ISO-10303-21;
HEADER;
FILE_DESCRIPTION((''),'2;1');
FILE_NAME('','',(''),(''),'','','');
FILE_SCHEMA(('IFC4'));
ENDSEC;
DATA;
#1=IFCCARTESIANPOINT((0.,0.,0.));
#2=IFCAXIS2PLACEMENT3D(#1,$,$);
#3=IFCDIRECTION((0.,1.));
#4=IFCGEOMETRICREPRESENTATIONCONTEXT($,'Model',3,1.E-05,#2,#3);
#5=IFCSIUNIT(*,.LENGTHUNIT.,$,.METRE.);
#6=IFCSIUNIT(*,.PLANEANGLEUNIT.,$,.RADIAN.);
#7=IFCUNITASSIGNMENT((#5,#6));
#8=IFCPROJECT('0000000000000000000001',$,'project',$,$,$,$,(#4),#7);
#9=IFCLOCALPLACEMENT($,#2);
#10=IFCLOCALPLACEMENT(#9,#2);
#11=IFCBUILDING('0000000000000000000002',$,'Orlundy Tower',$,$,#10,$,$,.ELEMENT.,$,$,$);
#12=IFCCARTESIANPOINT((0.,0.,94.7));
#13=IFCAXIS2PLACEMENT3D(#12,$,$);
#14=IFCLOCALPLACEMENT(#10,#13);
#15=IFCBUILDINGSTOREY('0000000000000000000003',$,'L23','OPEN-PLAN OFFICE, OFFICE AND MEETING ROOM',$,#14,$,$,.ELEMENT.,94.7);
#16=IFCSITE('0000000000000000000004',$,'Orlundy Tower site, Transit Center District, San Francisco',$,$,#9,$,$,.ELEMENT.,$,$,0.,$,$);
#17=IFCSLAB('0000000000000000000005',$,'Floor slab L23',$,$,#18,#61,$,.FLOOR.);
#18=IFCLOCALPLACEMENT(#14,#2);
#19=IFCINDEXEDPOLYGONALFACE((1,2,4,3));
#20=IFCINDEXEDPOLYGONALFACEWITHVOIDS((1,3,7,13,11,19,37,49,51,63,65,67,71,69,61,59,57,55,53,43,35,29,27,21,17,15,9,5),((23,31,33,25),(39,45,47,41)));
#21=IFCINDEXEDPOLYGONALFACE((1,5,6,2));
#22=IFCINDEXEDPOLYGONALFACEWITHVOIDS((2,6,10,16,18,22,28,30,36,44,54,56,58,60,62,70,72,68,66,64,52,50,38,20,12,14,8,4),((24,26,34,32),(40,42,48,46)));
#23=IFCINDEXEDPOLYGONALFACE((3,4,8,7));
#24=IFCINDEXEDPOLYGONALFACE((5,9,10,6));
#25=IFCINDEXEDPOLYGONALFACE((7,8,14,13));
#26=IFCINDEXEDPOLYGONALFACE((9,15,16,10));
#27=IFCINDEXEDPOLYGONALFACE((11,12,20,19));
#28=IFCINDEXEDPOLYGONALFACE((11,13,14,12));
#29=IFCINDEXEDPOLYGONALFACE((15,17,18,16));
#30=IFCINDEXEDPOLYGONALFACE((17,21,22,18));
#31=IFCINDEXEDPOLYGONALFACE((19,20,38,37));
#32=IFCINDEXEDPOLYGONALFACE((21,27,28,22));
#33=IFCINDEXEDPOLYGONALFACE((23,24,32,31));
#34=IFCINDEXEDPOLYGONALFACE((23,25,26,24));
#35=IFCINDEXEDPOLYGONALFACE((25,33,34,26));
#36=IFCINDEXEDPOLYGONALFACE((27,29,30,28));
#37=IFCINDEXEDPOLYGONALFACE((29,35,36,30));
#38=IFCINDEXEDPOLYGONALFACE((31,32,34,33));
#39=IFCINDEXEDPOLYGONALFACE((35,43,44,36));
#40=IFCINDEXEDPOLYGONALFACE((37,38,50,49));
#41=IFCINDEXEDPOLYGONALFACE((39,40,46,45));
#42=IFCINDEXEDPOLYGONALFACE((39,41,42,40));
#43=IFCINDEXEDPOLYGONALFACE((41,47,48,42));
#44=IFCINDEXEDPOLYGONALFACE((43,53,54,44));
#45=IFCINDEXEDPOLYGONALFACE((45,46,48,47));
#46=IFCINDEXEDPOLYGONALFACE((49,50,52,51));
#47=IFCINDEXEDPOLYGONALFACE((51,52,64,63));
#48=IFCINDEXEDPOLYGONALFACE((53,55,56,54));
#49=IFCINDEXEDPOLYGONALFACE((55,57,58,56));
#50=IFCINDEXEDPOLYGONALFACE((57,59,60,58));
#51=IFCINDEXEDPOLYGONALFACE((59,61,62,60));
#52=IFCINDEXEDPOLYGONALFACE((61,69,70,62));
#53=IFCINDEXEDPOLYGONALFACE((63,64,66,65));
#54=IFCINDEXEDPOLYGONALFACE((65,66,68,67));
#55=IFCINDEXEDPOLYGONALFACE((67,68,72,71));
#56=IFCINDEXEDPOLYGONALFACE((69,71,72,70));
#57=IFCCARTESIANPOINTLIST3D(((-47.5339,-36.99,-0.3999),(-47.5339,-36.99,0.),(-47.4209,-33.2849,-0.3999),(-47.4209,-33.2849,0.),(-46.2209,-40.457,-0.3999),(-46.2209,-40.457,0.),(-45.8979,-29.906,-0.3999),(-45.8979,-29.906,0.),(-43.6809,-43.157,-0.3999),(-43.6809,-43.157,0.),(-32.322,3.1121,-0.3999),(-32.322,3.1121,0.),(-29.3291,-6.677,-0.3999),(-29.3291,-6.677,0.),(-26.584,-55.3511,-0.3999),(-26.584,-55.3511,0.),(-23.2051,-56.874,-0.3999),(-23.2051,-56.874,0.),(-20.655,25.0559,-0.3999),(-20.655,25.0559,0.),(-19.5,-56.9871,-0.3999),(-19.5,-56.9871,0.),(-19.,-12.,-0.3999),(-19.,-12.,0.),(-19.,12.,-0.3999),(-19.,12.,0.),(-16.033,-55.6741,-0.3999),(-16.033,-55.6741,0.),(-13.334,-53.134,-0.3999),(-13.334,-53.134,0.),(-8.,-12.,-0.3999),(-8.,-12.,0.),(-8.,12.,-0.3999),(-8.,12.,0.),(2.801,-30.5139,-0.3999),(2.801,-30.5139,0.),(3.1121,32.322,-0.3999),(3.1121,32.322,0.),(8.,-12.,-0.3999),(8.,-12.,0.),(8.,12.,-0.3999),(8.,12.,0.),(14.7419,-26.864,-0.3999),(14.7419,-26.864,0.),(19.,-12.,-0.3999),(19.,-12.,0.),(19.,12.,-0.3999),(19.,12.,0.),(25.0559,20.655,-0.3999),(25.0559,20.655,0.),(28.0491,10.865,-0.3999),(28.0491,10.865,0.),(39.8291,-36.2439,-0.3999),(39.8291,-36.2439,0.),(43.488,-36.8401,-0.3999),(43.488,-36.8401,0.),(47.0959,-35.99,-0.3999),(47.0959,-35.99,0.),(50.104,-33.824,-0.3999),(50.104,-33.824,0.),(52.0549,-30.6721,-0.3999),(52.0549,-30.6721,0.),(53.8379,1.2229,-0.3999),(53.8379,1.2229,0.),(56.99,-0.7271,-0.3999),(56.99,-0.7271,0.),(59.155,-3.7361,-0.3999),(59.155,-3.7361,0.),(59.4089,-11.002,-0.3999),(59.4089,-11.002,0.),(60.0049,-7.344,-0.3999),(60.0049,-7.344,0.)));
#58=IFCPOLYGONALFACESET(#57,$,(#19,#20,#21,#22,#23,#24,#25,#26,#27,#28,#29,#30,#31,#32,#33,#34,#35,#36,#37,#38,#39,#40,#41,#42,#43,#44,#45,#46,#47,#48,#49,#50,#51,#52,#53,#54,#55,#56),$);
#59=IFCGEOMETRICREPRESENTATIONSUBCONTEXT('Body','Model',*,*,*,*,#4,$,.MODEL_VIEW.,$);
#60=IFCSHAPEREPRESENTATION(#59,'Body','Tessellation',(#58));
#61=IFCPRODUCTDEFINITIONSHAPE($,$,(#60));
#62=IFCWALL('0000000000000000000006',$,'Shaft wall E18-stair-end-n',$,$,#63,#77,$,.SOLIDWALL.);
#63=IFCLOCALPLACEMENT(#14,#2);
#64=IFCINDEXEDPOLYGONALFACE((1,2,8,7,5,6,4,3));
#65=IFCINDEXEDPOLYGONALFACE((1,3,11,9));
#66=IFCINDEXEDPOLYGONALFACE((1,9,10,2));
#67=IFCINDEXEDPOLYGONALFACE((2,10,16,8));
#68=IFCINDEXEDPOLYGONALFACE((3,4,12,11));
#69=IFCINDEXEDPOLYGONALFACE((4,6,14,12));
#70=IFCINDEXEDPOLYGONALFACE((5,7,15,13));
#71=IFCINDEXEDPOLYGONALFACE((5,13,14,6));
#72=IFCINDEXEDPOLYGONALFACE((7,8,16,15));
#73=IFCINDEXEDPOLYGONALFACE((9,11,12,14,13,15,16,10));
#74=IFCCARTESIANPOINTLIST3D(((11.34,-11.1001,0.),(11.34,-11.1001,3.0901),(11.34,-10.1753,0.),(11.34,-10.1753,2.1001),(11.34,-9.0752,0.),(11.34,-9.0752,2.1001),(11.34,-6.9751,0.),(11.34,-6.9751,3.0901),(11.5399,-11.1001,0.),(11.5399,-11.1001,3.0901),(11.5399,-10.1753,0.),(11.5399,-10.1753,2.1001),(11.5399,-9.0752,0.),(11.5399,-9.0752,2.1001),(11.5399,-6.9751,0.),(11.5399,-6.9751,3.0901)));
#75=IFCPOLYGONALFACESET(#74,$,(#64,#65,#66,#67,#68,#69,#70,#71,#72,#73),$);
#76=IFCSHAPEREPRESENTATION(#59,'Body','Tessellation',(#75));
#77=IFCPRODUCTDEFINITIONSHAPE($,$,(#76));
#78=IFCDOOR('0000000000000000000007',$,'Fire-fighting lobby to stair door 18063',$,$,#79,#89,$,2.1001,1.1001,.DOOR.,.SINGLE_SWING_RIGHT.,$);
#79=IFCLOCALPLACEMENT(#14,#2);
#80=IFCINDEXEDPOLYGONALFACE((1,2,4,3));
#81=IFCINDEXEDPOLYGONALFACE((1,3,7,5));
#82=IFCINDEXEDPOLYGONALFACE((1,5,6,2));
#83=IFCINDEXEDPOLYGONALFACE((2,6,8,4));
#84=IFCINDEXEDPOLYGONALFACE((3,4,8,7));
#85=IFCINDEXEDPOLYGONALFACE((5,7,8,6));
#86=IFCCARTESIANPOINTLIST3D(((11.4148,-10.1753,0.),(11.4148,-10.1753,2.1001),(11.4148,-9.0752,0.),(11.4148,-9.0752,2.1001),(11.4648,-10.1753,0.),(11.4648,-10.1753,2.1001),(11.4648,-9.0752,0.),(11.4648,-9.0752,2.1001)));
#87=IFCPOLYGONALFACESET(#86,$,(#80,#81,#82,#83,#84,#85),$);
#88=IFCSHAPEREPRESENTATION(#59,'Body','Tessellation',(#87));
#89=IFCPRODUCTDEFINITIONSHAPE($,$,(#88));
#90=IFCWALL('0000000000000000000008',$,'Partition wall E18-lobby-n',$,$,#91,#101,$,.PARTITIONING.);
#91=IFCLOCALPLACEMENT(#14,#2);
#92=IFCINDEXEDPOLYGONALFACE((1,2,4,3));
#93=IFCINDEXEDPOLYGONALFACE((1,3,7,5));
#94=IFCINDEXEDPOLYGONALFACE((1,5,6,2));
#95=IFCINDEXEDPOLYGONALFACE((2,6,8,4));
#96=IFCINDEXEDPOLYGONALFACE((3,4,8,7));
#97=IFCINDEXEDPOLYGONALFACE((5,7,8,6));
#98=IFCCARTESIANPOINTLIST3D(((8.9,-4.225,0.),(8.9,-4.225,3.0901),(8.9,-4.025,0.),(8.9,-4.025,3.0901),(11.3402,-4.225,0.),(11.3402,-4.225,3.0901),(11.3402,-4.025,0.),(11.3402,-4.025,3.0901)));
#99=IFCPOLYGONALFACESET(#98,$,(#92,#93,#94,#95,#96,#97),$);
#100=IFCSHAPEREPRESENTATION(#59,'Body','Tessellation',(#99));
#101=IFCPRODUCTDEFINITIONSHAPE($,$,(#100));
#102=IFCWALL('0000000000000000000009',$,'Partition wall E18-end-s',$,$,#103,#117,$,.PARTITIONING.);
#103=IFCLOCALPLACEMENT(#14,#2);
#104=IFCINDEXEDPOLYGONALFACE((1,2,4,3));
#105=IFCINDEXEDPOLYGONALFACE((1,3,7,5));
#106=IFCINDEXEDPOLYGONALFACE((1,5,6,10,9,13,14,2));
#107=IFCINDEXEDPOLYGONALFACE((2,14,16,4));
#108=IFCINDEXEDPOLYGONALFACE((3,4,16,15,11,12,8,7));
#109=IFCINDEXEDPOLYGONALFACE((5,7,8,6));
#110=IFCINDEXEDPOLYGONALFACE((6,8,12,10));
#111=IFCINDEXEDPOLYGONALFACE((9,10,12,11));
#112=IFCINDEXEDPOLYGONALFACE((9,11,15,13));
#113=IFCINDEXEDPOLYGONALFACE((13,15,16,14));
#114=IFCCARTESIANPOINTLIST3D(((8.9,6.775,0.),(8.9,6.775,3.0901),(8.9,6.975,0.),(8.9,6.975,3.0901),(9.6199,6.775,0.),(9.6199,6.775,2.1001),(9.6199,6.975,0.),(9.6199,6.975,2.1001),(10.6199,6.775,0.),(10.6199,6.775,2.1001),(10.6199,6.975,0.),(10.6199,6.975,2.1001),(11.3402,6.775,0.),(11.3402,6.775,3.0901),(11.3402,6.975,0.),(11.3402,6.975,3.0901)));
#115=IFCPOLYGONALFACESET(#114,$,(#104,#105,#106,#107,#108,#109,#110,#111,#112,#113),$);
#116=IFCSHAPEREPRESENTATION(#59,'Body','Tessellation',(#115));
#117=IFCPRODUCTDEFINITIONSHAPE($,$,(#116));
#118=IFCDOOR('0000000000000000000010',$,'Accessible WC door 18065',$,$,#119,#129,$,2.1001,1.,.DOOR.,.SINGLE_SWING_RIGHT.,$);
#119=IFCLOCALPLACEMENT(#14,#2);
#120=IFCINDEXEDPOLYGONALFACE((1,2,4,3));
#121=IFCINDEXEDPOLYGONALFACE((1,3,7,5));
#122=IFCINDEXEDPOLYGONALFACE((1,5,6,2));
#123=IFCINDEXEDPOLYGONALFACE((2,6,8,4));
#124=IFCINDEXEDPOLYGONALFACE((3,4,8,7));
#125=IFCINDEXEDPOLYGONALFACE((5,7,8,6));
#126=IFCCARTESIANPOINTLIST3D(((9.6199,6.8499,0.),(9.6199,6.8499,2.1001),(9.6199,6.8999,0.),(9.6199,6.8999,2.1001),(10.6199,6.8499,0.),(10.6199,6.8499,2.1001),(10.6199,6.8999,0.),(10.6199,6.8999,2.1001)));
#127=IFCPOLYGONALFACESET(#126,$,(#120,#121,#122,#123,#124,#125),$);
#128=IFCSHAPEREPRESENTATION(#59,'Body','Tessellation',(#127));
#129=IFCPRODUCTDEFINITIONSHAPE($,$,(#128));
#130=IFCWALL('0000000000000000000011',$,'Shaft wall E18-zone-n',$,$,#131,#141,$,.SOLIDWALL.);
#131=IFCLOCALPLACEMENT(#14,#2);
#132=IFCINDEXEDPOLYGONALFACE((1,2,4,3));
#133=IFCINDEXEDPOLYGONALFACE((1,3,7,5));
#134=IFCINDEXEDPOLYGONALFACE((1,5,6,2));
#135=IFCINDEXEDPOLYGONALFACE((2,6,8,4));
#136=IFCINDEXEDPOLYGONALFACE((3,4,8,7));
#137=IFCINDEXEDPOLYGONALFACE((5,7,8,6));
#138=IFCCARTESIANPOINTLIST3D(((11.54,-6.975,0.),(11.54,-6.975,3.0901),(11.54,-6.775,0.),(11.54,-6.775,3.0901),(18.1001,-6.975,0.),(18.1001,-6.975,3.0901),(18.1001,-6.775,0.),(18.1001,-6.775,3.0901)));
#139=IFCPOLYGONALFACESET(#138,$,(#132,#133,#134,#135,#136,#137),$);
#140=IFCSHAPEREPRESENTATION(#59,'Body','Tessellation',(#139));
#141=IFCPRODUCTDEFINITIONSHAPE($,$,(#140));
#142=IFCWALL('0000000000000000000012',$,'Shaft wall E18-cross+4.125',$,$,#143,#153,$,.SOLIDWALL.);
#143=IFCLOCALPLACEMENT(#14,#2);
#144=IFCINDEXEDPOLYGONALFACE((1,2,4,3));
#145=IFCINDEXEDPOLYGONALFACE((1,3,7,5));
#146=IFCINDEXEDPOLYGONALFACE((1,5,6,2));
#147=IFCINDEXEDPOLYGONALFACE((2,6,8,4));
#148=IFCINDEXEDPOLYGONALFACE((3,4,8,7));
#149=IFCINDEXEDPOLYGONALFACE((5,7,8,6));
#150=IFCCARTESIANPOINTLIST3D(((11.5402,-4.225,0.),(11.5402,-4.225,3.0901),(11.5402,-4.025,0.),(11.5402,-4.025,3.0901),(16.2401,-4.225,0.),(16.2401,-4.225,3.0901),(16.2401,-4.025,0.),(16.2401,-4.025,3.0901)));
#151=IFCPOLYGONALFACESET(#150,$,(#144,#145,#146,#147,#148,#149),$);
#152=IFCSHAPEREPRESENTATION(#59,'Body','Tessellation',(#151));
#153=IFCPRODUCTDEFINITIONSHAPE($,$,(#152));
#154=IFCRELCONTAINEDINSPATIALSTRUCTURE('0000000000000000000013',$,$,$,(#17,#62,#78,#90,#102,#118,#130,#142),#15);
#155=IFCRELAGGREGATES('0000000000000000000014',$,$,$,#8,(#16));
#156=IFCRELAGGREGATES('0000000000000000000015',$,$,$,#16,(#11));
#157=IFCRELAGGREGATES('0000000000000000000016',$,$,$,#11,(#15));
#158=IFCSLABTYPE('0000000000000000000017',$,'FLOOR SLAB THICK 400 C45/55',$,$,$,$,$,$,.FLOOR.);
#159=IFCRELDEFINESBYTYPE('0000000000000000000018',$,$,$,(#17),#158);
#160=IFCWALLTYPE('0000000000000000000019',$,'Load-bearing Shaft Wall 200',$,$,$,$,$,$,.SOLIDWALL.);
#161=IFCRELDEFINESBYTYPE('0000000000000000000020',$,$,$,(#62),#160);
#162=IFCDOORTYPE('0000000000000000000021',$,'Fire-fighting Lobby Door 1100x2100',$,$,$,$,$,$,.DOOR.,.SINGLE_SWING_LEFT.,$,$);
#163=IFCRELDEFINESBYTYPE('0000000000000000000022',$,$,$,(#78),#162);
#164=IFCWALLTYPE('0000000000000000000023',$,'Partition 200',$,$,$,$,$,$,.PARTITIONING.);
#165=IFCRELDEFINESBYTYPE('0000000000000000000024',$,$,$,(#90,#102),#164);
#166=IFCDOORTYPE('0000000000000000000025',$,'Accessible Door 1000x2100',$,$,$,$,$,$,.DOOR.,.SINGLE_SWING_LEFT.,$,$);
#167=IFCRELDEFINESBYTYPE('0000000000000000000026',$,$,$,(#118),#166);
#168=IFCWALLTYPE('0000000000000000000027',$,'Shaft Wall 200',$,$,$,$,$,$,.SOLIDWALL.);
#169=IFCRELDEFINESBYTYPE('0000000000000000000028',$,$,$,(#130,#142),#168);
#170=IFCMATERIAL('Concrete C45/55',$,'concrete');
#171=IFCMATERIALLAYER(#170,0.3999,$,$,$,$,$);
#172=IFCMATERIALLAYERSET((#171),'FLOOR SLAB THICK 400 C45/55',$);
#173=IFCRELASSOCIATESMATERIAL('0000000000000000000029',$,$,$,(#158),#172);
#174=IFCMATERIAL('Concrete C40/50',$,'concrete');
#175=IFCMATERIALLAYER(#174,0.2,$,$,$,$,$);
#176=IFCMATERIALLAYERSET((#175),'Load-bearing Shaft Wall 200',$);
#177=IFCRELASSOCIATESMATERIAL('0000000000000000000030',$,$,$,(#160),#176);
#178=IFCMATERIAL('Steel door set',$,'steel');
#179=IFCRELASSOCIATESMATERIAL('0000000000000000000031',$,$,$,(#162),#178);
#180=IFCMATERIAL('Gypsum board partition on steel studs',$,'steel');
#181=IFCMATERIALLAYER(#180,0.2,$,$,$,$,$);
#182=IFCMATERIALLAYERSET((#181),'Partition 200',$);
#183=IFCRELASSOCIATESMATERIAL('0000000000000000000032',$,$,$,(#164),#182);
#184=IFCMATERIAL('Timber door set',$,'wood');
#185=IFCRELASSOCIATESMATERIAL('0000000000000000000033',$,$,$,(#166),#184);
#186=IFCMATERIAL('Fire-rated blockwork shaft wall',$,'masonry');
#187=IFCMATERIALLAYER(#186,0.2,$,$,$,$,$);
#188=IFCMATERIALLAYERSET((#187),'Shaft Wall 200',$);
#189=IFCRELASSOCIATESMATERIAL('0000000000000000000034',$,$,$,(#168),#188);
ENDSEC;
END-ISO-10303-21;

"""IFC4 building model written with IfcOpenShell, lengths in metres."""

from ifc_helpers import new_model, si_unit, direction, frame, frame_2d, origin, place, context, subcontext, project, spatial, polyline, rectangle, outline, extrude, material, layer, layer_set, type_object, element, fill, save


model = new_model("IFC4")

# Units and contexts
model_context = context("Model", 3, precision=1e-05, world=origin(), true_north=direction((0.0, 1.0)))
body_context = subcontext(model_context, "Body", "Model", "MODEL_VIEW")
ifc_project = project(units=[si_unit("LENGTHUNIT", "METRE"), si_unit("PLANEANGLEUNIT", "RADIAN")], contexts=[model_context])

# Site, building, storey
site_placement = place(None, origin())
site = spatial("IfcSite", under=ifc_project, at=site_placement, Name="Orlundy Tower site, Transit Center District, San Francisco", CompositionType="ELEMENT", RefElevation=0.0)
building_placement = place(site_placement, origin())
building = spatial("IfcBuilding", under=site, at=building_placement, Name="Orlundy Tower", CompositionType="ELEMENT")
storey_placement = place(building_placement, frame((0.0, 0.0, 94.7)))
storey = spatial("IfcBuildingStorey", under=building, at=storey_placement, Name="L23", Description="OPEN-PLAN OFFICE, OFFICE AND MEETING ROOM", CompositionType="ELEMENT", Elevation=94.7)

# Slab
ifc_material_1 = material(Name="Concrete C45/55", Category="concrete")
ifc_layer_1 = layer(ifc_material_1, 0.3999)
ifc_layer_set_1 = layer_set([ifc_layer_1], Name="FLOOR SLAB THICK 400 C45/55")
slab_type_1 = type_object("IfcSlabType", Name="FLOOR SLAB THICK 400 C45/55", PredefinedType="FLOOR", material=ifc_layer_set_1)
slab_1_placement = place(storey_placement, frame((0.0, 0.0, -0.3999)))
element("IfcSlab", 1, at=slab_1_placement, inside=storey, type_object=slab_type_1, Name="Floor slab L23", PredefinedType="FLOOR", context=body_context, shape_type="SweptSolid", body=[
    extrude(outline(polyline([(-29.3291, -6.677), (-32.322, 3.1121), (-20.655, 25.0559), (3.1121, 32.322), (25.0559, 20.655), (28.0491, 10.865), (53.8379, 1.2229), (56.99, -0.7271), (59.155, -3.7361), (60.0049, -7.344), (59.4089, -11.002), (52.0549, -30.6721), (50.104, -33.824), (47.0959, -35.99), (43.488, -36.8401), (39.8291, -36.2439), (14.7419, -26.864), (2.801, -30.5139), (-13.334, -53.134), (-16.033, -55.6741), (-19.5, -56.9871), (-23.2051, -56.874), (-26.584, -55.3511), (-43.6809, -43.157), (-46.2209, -40.457), (-47.5339, -36.99), (-47.4209, -33.2849), (-45.8979, -29.906), (-29.3291, -6.677)]), holes=[polyline([(-8.0, -12.0), (-8.0, 12.0), (-19.0, 12.0), (-19.0, -12.0), (-8.0, -12.0)]), polyline([(19.0, -12.0), (19.0, 12.0), (8.0, 12.0), (8.0, -12.0), (19.0, -12.0)])]), origin(), (0.0, 0.0, 1.0), 0.3999),
])

# Wall, opening, door
ifc_material_2 = material(Name="Concrete C40/50", Category="concrete")
ifc_layer_2 = layer(ifc_material_2, 0.2)
ifc_layer_set_2 = layer_set([ifc_layer_2], Name="Load-bearing Shaft Wall 200")
wall_type_1 = type_object("IfcWallType", Name="Load-bearing Shaft Wall 200", PredefinedType="SOLIDWALL", material=ifc_layer_set_2)
wall_1_placement = place(storey_placement, frame((11.4399, -6.9751, 0.0), z_axis=(0.0, 0.0, 1.0), x_axis=(0.0, -1.0, 0.0)))
wall_1 = element("IfcWall", 2, at=wall_1_placement, inside=storey, type_object=wall_type_1, Name="Shaft wall E18-stair-end-n", PredefinedType="SOLIDWALL", context=body_context, shape_type="SweptSolid", body=[
    extrude(rectangle(XDim=4.125, YDim=0.2, at=frame_2d((2.0625, 0.0))), origin(), (0.0, 0.0, 1.0), 3.0901),
])
opening_1_placement = place(wall_1_placement, frame((2.1001, 0.0, 0.0)))
opening_1 = element("IfcOpeningElement", 3, at=opening_1_placement, cuts=wall_1, PredefinedType="OPENING", context=body_context, shape_type="SweptSolid", body=[
    extrude(rectangle(XDim=1.1001, YDim=2.1001, at=frame_2d((0.55, 1.05))), frame((0.0, 0.1101, 0.0), z_axis=(0.0, -1.0, 0.0), x_axis=(1.0, 0.0, 0.0)), (0.0, 0.0, 1.0), 0.2202),
])
ifc_material_3 = material(Name="Steel door set", Category="steel")
door_type_1 = type_object("IfcDoorType", Name="Fire-fighting Lobby Door 1100x2100", OperationType="SINGLE_SWING_LEFT", PredefinedType="DOOR", material=ifc_material_3)
door_1_placement = place(opening_1_placement, origin())
door_1 = element("IfcDoor", 4, at=door_1_placement, inside=storey, type_object=door_type_1, Name="Fire-fighting lobby to stair door 18063", OperationType="SINGLE_SWING_RIGHT", OverallHeight=2.1001, OverallWidth=1.1001, PredefinedType="DOOR", context=body_context, shape_type="SweptSolid", body=[
    extrude(rectangle(XDim=1.1001, YDim=2.1001, at=frame_2d((0.55, 1.05))), frame((0.0, 0.0249, 0.0), z_axis=(0.0, -1.0, 0.0), x_axis=(1.0, 0.0, 0.0)), (0.0, 0.0, 1.0), 0.05),
])
fill(opening_1, door_1)

# Wall
ifc_material_4 = material(Name="Gypsum board partition on steel studs", Category="steel")
ifc_layer_3 = layer(ifc_material_4, 0.2)
ifc_layer_set_3 = layer_set([ifc_layer_3], Name="Partition 200")
wall_type_2 = type_object("IfcWallType", Name="Partition 200", PredefinedType="PARTITIONING", material=ifc_layer_set_3)
wall_2_placement = place(storey_placement, frame((8.8999, -4.125, 0.0), z_axis=(0.0, 0.0, 1.0), x_axis=(1.0, 0.0, 0.0)))
element("IfcWall", 5, at=wall_2_placement, inside=storey, type_object=wall_type_2, Name="Partition wall E18-lobby-n", PredefinedType="PARTITIONING", context=body_context, shape_type="SweptSolid", body=[
    extrude(rectangle(XDim=2.4402, YDim=0.2, at=frame_2d((1.2202, 0.0))), origin(), (0.0, 0.0, 1.0), 3.0901),
])

# Wall, opening, door
wall_3_placement = place(storey_placement, frame((8.8999, 6.875, 0.0), z_axis=(0.0, 0.0, 1.0), x_axis=(1.0, 0.0, 0.0)))
wall_3 = element("IfcWall", 6, at=wall_3_placement, inside=storey, type_object=wall_type_2, Name="Partition wall E18-end-s", PredefinedType="PARTITIONING", context=body_context, shape_type="SweptSolid", body=[
    extrude(rectangle(XDim=2.4402, YDim=0.2, at=frame_2d((1.2202, 0.0))), origin(), (0.0, 0.0, 1.0), 3.0901),
])
opening_2_placement = place(wall_3_placement, frame((0.72, 0.0, 0.0)))
opening_2 = element("IfcOpeningElement", 7, at=opening_2_placement, cuts=wall_3, PredefinedType="OPENING", context=body_context, shape_type="SweptSolid", body=[
    extrude(rectangle(XDim=1.0, YDim=2.1001, at=frame_2d((0.5, 1.05))), frame((0.0, 0.1101, 0.0), z_axis=(0.0, -1.0, 0.0), x_axis=(1.0, 0.0, 0.0)), (0.0, 0.0, 1.0), 0.2202),
])
ifc_material_5 = material(Name="Timber door set", Category="wood")
door_type_2 = type_object("IfcDoorType", Name="Accessible Door 1000x2100", OperationType="SINGLE_SWING_LEFT", PredefinedType="DOOR", material=ifc_material_5)
door_2_placement = place(opening_2_placement, origin())
door_2 = element("IfcDoor", 8, at=door_2_placement, inside=storey, type_object=door_type_2, Name="Accessible WC door 18065", OperationType="SINGLE_SWING_RIGHT", OverallHeight=2.1001, OverallWidth=1.0, PredefinedType="DOOR", context=body_context, shape_type="SweptSolid", body=[
    extrude(rectangle(XDim=1.0, YDim=2.1001, at=frame_2d((0.5, 1.05))), frame((0.0, 0.0249, 0.0), z_axis=(0.0, -1.0, 0.0), x_axis=(1.0, 0.0, 0.0)), (0.0, 0.0, 1.0), 0.05),
])
fill(opening_2, door_2)

# Walls
ifc_material_6 = material(Name="Fire-rated blockwork shaft wall", Category="masonry")
ifc_layer_4 = layer(ifc_material_6, 0.2)
ifc_layer_set_4 = layer_set([ifc_layer_4], Name="Shaft Wall 200")
wall_type_3 = type_object("IfcWallType", Name="Shaft Wall 200", PredefinedType="SOLIDWALL", material=ifc_layer_set_4)
wall_4_placement = place(storey_placement, frame((11.54, -6.875, 0.0), z_axis=(0.0, 0.0, 1.0), x_axis=(1.0, 0.0, 0.0)))
element("IfcWall", 9, at=wall_4_placement, inside=storey, type_object=wall_type_3, Name="Shaft wall E18-zone-n", PredefinedType="SOLIDWALL", context=body_context, shape_type="SweptSolid", body=[
    extrude(rectangle(XDim=6.5601, YDim=0.2, at=frame_2d((3.28, 0.0))), origin(), (0.0, 0.0, 1.0), 3.0901),
])
wall_5_placement = place(storey_placement, frame((11.54, -4.125, 0.0), z_axis=(0.0, 0.0, 1.0), x_axis=(1.0, 0.0, 0.0)))
element("IfcWall", 10, at=wall_5_placement, inside=storey, type_object=wall_type_3, Name="Shaft wall E18-cross+4.125", PredefinedType="SOLIDWALL", context=body_context, shape_type="SweptSolid", body=[
    extrude(rectangle(XDim=4.7, YDim=0.2, at=frame_2d((2.3501, 0.0))), origin(), (0.0, 0.0, 1.0), 3.0901),
])

save(model, "model.ifc")
